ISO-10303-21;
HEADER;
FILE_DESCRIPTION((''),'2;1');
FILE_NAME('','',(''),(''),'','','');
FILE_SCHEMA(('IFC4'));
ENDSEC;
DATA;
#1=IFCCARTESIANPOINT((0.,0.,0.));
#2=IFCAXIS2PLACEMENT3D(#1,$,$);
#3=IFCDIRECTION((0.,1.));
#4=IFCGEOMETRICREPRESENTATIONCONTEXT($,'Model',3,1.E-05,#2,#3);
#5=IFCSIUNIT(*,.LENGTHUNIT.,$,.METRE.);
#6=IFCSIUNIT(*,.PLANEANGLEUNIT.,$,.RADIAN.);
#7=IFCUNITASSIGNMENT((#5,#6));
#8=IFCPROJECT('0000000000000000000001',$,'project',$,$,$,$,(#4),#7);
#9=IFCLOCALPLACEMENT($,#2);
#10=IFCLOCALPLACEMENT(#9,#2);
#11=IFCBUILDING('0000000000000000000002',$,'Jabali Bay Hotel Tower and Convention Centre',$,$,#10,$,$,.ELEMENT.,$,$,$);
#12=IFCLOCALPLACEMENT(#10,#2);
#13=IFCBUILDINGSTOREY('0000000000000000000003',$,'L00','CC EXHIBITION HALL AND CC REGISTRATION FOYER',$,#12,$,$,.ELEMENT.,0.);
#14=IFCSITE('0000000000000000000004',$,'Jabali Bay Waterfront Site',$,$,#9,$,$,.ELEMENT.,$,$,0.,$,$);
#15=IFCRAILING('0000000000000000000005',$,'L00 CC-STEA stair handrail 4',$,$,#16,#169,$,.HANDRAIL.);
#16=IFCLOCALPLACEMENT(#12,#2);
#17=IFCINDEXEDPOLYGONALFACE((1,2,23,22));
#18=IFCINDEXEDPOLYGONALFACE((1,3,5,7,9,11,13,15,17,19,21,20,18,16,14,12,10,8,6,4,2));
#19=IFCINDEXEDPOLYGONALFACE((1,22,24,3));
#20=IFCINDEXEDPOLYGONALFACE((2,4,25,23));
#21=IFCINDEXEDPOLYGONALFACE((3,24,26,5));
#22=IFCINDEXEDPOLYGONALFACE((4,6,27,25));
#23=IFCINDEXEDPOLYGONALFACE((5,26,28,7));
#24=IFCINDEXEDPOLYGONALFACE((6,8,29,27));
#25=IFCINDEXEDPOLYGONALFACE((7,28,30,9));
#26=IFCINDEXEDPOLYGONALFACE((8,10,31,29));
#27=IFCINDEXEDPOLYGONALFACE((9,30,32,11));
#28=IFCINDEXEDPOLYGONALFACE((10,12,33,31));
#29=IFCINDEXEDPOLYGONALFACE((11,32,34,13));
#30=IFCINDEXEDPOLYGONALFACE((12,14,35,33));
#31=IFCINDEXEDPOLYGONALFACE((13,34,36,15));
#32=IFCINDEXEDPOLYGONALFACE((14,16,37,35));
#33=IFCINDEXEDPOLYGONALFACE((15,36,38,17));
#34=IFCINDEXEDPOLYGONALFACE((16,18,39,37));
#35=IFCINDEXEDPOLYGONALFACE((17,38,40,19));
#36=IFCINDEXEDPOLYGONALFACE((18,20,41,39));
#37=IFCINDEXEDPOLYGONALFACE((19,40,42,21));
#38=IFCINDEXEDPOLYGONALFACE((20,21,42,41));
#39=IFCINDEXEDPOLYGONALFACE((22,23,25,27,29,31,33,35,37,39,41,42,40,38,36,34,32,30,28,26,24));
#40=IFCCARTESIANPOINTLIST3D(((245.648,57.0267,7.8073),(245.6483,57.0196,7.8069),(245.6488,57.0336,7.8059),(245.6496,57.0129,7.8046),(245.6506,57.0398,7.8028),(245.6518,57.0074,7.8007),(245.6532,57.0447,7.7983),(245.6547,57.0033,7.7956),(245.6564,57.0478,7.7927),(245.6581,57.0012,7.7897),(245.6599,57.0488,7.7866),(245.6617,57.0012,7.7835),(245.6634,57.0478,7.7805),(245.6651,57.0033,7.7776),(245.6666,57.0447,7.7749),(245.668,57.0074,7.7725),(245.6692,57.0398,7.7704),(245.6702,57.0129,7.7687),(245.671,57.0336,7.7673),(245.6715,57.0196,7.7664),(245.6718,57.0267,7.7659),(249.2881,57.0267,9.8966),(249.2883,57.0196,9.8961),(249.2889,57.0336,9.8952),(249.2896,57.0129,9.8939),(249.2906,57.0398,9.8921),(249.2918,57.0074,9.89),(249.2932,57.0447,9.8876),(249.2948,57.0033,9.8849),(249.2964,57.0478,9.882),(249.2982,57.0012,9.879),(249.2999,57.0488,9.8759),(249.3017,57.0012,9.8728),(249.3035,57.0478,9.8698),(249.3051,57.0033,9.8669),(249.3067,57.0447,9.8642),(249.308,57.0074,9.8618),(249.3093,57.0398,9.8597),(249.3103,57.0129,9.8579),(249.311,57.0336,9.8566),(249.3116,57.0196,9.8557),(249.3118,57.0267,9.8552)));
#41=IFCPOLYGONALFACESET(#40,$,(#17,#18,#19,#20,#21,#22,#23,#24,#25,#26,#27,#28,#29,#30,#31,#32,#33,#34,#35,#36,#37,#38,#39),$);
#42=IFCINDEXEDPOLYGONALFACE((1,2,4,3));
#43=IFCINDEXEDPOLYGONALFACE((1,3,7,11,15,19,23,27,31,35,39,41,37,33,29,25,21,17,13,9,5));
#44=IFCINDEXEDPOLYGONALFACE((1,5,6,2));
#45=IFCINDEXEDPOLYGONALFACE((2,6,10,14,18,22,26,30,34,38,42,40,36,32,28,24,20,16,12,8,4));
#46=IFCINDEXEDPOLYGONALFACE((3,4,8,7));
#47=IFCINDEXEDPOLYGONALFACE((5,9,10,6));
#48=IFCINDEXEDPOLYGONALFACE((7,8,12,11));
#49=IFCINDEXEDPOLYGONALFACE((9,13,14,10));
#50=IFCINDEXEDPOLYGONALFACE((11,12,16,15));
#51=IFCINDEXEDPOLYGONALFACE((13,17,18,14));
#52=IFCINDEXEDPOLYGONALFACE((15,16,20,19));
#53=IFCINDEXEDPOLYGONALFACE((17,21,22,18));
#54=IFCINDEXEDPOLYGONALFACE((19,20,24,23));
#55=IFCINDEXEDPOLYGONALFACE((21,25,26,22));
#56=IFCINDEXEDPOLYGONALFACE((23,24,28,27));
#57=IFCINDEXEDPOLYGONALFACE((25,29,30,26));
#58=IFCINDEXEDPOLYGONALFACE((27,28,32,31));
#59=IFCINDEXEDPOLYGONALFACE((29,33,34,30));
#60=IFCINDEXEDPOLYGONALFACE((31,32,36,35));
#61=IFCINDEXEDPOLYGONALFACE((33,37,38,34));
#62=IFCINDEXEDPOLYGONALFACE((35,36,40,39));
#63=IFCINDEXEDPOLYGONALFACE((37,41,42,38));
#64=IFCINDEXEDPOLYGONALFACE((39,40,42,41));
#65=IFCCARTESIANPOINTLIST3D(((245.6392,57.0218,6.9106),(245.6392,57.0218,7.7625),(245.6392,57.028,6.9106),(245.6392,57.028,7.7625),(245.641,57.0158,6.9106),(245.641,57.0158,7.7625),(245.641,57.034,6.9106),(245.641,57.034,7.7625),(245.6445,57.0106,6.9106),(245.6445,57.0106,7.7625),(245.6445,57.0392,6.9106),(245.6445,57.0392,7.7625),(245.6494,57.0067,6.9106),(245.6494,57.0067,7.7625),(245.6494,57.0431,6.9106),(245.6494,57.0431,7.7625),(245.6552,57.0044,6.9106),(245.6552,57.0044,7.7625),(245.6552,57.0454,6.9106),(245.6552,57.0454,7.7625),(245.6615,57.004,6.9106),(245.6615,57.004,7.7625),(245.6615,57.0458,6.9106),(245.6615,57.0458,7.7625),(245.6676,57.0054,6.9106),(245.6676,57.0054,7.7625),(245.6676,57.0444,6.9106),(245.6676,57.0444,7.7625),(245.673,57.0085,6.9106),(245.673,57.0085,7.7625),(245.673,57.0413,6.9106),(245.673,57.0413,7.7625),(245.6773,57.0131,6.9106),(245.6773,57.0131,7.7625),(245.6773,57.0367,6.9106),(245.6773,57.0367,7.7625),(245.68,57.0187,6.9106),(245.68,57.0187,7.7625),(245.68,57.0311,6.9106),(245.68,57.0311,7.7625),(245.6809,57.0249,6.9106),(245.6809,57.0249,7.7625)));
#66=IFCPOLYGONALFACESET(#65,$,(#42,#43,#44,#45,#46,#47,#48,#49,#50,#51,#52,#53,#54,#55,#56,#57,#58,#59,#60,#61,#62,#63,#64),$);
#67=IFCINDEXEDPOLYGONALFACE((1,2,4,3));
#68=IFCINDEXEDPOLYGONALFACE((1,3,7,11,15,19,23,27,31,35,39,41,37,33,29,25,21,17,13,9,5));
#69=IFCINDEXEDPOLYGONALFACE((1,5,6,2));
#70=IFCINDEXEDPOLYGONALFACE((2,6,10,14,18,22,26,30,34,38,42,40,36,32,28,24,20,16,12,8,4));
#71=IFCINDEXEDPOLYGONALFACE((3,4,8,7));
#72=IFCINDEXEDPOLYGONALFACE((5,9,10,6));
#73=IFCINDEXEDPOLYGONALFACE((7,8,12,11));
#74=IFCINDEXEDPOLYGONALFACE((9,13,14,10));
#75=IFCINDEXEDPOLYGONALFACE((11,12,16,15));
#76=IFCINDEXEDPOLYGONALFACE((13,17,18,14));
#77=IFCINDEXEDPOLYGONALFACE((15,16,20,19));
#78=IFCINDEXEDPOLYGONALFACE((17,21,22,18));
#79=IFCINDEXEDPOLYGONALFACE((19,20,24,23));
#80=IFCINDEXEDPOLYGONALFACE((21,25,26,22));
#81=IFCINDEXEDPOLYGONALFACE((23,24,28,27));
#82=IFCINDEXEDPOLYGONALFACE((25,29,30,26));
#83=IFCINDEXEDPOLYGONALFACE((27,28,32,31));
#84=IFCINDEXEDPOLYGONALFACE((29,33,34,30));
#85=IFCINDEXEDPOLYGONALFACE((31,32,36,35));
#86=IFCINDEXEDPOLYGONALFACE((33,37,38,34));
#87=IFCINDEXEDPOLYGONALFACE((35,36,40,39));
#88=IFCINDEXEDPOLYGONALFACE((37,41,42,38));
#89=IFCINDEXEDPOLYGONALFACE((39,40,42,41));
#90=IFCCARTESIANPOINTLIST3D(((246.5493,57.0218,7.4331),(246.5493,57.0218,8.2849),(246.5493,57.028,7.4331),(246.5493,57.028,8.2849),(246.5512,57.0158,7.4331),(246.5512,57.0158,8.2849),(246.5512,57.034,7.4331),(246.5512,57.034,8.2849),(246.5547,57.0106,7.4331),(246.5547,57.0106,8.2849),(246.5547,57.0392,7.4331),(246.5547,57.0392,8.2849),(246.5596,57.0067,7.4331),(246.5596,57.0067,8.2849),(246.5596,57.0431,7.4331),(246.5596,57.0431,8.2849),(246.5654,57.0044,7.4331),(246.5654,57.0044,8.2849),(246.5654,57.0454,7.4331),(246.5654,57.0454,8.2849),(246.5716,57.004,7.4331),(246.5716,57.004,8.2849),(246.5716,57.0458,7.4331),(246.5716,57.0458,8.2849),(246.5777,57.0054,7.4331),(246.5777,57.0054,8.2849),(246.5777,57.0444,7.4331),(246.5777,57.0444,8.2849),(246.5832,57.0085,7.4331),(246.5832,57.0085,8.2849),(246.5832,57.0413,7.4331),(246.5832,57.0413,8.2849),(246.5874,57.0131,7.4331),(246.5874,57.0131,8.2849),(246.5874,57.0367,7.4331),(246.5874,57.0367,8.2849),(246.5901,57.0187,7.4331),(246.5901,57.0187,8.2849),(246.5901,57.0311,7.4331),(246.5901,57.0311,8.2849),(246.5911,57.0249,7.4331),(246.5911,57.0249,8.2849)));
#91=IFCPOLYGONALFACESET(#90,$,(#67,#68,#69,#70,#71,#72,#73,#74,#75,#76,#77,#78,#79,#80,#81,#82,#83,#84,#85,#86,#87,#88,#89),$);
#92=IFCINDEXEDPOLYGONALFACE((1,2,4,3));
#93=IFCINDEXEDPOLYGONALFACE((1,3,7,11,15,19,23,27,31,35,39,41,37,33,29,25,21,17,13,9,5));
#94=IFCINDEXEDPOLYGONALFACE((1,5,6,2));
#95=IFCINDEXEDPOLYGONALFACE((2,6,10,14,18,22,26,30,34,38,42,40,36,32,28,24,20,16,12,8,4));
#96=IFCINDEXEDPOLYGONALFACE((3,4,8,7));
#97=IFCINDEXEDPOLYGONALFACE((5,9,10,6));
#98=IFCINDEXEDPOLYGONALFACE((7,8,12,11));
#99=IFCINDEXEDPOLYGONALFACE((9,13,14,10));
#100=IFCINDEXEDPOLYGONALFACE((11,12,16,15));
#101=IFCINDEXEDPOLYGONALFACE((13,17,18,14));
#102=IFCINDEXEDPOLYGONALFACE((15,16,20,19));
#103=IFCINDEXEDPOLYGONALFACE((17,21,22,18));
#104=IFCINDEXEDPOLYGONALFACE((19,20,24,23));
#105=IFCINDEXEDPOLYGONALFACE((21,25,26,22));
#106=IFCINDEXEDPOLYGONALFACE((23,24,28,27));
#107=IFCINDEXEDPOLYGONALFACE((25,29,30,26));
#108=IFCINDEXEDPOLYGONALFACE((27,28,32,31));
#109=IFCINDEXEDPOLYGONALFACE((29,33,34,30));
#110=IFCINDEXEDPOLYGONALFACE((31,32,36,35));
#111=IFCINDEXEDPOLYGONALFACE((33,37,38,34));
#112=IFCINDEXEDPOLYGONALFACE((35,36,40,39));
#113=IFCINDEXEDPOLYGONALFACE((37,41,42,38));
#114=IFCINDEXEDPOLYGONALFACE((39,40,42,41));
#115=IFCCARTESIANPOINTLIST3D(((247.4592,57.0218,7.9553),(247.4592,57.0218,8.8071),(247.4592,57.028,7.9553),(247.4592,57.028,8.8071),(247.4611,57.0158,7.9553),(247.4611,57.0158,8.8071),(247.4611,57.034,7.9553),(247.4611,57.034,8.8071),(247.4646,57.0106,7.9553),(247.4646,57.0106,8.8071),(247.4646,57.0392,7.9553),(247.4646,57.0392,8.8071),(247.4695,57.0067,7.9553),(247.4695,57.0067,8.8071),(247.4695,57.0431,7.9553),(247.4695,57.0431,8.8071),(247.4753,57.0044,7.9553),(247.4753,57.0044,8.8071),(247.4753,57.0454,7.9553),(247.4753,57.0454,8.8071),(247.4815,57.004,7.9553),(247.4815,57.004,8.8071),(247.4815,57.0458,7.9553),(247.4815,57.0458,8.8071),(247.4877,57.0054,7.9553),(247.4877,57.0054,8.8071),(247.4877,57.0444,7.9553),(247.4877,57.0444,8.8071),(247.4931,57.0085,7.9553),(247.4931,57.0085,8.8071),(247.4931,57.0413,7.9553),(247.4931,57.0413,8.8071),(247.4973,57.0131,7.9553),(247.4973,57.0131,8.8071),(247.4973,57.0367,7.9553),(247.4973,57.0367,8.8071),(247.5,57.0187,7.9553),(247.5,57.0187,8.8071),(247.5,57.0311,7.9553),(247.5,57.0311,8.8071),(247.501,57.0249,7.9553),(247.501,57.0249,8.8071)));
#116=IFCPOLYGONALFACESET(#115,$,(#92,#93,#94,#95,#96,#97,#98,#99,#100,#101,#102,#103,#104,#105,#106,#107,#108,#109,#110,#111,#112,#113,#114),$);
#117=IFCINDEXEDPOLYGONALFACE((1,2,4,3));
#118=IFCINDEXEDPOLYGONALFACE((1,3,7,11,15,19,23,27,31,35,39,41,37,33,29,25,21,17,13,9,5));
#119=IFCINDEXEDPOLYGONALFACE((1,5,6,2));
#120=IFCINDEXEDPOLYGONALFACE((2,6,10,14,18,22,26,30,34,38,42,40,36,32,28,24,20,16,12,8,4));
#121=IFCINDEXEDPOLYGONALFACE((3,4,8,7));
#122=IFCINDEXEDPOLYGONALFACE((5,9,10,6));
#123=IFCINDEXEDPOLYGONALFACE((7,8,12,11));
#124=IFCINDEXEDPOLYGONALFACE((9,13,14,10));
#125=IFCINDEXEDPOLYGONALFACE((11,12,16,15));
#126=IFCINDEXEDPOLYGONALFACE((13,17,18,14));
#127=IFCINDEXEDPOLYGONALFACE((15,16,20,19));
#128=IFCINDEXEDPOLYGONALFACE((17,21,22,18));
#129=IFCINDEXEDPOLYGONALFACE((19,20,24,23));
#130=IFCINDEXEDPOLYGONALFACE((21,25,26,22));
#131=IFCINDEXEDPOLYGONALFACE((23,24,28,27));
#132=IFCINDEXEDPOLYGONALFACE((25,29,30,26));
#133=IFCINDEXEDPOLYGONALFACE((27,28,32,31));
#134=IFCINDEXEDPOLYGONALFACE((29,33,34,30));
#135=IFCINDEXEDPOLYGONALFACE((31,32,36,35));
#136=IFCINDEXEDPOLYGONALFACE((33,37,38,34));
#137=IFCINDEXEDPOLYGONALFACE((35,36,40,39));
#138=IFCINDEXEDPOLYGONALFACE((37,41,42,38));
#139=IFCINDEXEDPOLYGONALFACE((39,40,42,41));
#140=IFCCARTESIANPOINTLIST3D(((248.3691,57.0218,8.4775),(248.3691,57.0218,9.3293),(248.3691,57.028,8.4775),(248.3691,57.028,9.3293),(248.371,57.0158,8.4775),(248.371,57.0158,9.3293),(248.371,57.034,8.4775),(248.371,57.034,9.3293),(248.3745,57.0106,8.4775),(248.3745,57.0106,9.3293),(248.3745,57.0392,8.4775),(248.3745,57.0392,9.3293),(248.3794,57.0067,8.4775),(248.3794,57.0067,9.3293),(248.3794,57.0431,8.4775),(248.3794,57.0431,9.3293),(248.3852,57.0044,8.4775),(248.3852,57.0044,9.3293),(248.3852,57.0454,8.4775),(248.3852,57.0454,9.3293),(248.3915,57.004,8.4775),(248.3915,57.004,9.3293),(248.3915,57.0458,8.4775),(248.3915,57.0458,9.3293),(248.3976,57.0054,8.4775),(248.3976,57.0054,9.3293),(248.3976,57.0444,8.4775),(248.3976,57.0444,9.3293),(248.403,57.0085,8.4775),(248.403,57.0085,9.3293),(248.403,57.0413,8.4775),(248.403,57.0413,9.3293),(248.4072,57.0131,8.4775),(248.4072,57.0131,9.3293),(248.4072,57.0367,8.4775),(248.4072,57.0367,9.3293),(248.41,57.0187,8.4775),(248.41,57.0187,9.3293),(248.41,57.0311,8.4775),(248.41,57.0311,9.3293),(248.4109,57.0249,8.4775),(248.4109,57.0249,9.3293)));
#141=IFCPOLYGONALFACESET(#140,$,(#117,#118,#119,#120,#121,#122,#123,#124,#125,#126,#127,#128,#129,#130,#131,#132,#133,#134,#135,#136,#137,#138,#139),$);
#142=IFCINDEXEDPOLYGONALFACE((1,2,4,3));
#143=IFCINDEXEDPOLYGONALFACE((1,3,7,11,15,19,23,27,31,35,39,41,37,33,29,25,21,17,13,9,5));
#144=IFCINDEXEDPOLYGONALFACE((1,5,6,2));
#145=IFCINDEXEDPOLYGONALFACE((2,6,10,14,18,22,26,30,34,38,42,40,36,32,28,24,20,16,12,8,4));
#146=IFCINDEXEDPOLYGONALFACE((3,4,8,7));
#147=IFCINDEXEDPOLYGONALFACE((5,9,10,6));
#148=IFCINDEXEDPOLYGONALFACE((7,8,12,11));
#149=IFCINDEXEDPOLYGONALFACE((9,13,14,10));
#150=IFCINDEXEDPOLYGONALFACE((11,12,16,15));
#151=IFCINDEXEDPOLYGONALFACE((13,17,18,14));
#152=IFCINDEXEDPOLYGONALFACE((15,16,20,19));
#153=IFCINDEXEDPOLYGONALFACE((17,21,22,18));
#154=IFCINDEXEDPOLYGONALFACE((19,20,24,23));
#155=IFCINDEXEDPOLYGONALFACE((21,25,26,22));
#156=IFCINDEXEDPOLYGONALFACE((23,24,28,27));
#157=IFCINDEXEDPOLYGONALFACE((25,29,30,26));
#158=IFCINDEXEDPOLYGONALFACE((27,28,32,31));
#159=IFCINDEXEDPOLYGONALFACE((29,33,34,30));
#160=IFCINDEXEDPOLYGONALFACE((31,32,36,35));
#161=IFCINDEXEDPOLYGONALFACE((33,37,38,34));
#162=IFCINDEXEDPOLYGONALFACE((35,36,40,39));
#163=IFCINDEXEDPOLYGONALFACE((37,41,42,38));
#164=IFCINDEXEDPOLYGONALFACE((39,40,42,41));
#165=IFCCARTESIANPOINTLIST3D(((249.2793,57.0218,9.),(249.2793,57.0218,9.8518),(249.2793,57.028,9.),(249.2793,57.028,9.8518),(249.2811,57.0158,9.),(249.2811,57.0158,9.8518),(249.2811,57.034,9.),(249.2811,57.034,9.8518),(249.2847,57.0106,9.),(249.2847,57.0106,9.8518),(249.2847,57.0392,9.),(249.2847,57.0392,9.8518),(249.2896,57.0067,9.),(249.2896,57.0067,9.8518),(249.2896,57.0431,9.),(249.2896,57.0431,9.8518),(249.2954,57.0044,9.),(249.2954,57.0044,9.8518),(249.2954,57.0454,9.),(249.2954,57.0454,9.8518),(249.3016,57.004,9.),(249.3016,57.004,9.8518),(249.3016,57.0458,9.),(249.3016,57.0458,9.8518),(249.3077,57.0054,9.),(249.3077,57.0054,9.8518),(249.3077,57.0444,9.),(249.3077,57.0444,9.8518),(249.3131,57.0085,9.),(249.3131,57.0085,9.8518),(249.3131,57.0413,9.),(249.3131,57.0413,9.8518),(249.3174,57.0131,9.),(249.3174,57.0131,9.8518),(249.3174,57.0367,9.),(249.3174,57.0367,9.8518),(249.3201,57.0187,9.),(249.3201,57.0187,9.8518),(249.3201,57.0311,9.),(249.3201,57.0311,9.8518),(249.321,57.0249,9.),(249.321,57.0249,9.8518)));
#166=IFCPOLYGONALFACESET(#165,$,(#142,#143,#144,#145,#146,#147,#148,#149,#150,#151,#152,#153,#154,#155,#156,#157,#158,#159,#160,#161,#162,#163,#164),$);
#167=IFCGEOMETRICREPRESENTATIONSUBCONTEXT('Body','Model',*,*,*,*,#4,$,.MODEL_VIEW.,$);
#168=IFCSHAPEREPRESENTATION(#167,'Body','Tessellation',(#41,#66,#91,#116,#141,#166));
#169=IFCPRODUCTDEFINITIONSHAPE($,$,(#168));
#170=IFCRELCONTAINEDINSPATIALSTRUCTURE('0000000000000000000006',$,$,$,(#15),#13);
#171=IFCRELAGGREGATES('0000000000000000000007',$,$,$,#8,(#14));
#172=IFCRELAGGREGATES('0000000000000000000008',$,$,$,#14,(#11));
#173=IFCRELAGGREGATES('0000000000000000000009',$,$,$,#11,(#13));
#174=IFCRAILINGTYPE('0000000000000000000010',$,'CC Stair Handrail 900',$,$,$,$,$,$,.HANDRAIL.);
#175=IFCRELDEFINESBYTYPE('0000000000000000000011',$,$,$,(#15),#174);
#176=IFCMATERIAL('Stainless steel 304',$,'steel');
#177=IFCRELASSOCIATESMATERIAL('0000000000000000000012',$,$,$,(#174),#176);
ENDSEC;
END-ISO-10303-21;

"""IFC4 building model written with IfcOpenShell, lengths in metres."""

from ifc_helpers import new_model, si_unit, direction, frame, origin, origin_2d, place, context, subcontext, project, spatial, circle, extrude, material, type_object, element, save


model = new_model("IFC4")

# Units and contexts
model_context = context("Model", 3, precision=1e-05, world=origin(), true_north=direction((0.0, 1.0)))
body_context = subcontext(model_context, "Body", "Model", "MODEL_VIEW")
ifc_project = project(units=[si_unit("LENGTHUNIT", "METRE"), si_unit("PLANEANGLEUNIT", "RADIAN")], contexts=[model_context])

# Site, building, storey
site_placement = place(None, origin())
site = spatial("IfcSite", under=ifc_project, at=site_placement, Name="Jabali Bay Waterfront Site", CompositionType="ELEMENT", RefElevation=0.0)
building_placement = place(site_placement, origin())
building = spatial("IfcBuilding", under=site, at=building_placement, Name="Jabali Bay Hotel Tower and Convention Centre", CompositionType="ELEMENT")
storey_placement = place(building_placement, origin())
storey = spatial("IfcBuildingStorey", under=building, at=storey_placement, Name="L00", Description="CC EXHIBITION HALL AND CC REGISTRATION FOYER", CompositionType="ELEMENT", Elevation=0.0)

# Railing
ifc_material_1 = material(Name="Stainless steel 304", Category="steel")
railing_type_1 = type_object("IfcRailingType", Name="CC Stair Handrail 900", PredefinedType="HANDRAIL", material=ifc_material_1)
railing_1_placement = place(storey_placement, frame((245.6599, 57.0249, 6.9106)))
element("IfcRailing", 1, at=railing_1_placement, inside=storey, type_object=railing_type_1, Name="L00 CC-STEA stair handrail 4", PredefinedType="HANDRAIL", context=body_context, shape_type="SweptSolid", body=[
    extrude(circle(Radius=0.0239, at=origin_2d()), frame((0.0, 0.0, 0.876), z_axis=(0.867289, 0.0, 0.497804), x_axis=(0.0, 1.0, 0.0)), (0.0, 0.0, 1.0), 4.197),
    extrude(circle(Radius=0.021, at=origin_2d()), origin(), (0.0, 0.0, 1.0), 0.8518),
    extrude(circle(Radius=0.021, at=origin_2d()), frame((0.9102, 0.0, 0.5225)), (0.0, 0.0, 1.0), 0.8518),
    extrude(circle(Radius=0.021, at=origin_2d()), frame((1.8201, 0.0, 1.0447)), (0.0, 0.0, 1.0), 0.8518),
    extrude(circle(Radius=0.021, at=origin_2d()), frame((2.73, 0.0, 1.5669)), (0.0, 0.0, 1.0), 0.8518),
    extrude(circle(Radius=0.021, at=origin_2d()), frame((3.6401, 0.0, 2.0894)), (0.0, 0.0, 1.0), 0.8518),
])

save(model, "model.ifc")
